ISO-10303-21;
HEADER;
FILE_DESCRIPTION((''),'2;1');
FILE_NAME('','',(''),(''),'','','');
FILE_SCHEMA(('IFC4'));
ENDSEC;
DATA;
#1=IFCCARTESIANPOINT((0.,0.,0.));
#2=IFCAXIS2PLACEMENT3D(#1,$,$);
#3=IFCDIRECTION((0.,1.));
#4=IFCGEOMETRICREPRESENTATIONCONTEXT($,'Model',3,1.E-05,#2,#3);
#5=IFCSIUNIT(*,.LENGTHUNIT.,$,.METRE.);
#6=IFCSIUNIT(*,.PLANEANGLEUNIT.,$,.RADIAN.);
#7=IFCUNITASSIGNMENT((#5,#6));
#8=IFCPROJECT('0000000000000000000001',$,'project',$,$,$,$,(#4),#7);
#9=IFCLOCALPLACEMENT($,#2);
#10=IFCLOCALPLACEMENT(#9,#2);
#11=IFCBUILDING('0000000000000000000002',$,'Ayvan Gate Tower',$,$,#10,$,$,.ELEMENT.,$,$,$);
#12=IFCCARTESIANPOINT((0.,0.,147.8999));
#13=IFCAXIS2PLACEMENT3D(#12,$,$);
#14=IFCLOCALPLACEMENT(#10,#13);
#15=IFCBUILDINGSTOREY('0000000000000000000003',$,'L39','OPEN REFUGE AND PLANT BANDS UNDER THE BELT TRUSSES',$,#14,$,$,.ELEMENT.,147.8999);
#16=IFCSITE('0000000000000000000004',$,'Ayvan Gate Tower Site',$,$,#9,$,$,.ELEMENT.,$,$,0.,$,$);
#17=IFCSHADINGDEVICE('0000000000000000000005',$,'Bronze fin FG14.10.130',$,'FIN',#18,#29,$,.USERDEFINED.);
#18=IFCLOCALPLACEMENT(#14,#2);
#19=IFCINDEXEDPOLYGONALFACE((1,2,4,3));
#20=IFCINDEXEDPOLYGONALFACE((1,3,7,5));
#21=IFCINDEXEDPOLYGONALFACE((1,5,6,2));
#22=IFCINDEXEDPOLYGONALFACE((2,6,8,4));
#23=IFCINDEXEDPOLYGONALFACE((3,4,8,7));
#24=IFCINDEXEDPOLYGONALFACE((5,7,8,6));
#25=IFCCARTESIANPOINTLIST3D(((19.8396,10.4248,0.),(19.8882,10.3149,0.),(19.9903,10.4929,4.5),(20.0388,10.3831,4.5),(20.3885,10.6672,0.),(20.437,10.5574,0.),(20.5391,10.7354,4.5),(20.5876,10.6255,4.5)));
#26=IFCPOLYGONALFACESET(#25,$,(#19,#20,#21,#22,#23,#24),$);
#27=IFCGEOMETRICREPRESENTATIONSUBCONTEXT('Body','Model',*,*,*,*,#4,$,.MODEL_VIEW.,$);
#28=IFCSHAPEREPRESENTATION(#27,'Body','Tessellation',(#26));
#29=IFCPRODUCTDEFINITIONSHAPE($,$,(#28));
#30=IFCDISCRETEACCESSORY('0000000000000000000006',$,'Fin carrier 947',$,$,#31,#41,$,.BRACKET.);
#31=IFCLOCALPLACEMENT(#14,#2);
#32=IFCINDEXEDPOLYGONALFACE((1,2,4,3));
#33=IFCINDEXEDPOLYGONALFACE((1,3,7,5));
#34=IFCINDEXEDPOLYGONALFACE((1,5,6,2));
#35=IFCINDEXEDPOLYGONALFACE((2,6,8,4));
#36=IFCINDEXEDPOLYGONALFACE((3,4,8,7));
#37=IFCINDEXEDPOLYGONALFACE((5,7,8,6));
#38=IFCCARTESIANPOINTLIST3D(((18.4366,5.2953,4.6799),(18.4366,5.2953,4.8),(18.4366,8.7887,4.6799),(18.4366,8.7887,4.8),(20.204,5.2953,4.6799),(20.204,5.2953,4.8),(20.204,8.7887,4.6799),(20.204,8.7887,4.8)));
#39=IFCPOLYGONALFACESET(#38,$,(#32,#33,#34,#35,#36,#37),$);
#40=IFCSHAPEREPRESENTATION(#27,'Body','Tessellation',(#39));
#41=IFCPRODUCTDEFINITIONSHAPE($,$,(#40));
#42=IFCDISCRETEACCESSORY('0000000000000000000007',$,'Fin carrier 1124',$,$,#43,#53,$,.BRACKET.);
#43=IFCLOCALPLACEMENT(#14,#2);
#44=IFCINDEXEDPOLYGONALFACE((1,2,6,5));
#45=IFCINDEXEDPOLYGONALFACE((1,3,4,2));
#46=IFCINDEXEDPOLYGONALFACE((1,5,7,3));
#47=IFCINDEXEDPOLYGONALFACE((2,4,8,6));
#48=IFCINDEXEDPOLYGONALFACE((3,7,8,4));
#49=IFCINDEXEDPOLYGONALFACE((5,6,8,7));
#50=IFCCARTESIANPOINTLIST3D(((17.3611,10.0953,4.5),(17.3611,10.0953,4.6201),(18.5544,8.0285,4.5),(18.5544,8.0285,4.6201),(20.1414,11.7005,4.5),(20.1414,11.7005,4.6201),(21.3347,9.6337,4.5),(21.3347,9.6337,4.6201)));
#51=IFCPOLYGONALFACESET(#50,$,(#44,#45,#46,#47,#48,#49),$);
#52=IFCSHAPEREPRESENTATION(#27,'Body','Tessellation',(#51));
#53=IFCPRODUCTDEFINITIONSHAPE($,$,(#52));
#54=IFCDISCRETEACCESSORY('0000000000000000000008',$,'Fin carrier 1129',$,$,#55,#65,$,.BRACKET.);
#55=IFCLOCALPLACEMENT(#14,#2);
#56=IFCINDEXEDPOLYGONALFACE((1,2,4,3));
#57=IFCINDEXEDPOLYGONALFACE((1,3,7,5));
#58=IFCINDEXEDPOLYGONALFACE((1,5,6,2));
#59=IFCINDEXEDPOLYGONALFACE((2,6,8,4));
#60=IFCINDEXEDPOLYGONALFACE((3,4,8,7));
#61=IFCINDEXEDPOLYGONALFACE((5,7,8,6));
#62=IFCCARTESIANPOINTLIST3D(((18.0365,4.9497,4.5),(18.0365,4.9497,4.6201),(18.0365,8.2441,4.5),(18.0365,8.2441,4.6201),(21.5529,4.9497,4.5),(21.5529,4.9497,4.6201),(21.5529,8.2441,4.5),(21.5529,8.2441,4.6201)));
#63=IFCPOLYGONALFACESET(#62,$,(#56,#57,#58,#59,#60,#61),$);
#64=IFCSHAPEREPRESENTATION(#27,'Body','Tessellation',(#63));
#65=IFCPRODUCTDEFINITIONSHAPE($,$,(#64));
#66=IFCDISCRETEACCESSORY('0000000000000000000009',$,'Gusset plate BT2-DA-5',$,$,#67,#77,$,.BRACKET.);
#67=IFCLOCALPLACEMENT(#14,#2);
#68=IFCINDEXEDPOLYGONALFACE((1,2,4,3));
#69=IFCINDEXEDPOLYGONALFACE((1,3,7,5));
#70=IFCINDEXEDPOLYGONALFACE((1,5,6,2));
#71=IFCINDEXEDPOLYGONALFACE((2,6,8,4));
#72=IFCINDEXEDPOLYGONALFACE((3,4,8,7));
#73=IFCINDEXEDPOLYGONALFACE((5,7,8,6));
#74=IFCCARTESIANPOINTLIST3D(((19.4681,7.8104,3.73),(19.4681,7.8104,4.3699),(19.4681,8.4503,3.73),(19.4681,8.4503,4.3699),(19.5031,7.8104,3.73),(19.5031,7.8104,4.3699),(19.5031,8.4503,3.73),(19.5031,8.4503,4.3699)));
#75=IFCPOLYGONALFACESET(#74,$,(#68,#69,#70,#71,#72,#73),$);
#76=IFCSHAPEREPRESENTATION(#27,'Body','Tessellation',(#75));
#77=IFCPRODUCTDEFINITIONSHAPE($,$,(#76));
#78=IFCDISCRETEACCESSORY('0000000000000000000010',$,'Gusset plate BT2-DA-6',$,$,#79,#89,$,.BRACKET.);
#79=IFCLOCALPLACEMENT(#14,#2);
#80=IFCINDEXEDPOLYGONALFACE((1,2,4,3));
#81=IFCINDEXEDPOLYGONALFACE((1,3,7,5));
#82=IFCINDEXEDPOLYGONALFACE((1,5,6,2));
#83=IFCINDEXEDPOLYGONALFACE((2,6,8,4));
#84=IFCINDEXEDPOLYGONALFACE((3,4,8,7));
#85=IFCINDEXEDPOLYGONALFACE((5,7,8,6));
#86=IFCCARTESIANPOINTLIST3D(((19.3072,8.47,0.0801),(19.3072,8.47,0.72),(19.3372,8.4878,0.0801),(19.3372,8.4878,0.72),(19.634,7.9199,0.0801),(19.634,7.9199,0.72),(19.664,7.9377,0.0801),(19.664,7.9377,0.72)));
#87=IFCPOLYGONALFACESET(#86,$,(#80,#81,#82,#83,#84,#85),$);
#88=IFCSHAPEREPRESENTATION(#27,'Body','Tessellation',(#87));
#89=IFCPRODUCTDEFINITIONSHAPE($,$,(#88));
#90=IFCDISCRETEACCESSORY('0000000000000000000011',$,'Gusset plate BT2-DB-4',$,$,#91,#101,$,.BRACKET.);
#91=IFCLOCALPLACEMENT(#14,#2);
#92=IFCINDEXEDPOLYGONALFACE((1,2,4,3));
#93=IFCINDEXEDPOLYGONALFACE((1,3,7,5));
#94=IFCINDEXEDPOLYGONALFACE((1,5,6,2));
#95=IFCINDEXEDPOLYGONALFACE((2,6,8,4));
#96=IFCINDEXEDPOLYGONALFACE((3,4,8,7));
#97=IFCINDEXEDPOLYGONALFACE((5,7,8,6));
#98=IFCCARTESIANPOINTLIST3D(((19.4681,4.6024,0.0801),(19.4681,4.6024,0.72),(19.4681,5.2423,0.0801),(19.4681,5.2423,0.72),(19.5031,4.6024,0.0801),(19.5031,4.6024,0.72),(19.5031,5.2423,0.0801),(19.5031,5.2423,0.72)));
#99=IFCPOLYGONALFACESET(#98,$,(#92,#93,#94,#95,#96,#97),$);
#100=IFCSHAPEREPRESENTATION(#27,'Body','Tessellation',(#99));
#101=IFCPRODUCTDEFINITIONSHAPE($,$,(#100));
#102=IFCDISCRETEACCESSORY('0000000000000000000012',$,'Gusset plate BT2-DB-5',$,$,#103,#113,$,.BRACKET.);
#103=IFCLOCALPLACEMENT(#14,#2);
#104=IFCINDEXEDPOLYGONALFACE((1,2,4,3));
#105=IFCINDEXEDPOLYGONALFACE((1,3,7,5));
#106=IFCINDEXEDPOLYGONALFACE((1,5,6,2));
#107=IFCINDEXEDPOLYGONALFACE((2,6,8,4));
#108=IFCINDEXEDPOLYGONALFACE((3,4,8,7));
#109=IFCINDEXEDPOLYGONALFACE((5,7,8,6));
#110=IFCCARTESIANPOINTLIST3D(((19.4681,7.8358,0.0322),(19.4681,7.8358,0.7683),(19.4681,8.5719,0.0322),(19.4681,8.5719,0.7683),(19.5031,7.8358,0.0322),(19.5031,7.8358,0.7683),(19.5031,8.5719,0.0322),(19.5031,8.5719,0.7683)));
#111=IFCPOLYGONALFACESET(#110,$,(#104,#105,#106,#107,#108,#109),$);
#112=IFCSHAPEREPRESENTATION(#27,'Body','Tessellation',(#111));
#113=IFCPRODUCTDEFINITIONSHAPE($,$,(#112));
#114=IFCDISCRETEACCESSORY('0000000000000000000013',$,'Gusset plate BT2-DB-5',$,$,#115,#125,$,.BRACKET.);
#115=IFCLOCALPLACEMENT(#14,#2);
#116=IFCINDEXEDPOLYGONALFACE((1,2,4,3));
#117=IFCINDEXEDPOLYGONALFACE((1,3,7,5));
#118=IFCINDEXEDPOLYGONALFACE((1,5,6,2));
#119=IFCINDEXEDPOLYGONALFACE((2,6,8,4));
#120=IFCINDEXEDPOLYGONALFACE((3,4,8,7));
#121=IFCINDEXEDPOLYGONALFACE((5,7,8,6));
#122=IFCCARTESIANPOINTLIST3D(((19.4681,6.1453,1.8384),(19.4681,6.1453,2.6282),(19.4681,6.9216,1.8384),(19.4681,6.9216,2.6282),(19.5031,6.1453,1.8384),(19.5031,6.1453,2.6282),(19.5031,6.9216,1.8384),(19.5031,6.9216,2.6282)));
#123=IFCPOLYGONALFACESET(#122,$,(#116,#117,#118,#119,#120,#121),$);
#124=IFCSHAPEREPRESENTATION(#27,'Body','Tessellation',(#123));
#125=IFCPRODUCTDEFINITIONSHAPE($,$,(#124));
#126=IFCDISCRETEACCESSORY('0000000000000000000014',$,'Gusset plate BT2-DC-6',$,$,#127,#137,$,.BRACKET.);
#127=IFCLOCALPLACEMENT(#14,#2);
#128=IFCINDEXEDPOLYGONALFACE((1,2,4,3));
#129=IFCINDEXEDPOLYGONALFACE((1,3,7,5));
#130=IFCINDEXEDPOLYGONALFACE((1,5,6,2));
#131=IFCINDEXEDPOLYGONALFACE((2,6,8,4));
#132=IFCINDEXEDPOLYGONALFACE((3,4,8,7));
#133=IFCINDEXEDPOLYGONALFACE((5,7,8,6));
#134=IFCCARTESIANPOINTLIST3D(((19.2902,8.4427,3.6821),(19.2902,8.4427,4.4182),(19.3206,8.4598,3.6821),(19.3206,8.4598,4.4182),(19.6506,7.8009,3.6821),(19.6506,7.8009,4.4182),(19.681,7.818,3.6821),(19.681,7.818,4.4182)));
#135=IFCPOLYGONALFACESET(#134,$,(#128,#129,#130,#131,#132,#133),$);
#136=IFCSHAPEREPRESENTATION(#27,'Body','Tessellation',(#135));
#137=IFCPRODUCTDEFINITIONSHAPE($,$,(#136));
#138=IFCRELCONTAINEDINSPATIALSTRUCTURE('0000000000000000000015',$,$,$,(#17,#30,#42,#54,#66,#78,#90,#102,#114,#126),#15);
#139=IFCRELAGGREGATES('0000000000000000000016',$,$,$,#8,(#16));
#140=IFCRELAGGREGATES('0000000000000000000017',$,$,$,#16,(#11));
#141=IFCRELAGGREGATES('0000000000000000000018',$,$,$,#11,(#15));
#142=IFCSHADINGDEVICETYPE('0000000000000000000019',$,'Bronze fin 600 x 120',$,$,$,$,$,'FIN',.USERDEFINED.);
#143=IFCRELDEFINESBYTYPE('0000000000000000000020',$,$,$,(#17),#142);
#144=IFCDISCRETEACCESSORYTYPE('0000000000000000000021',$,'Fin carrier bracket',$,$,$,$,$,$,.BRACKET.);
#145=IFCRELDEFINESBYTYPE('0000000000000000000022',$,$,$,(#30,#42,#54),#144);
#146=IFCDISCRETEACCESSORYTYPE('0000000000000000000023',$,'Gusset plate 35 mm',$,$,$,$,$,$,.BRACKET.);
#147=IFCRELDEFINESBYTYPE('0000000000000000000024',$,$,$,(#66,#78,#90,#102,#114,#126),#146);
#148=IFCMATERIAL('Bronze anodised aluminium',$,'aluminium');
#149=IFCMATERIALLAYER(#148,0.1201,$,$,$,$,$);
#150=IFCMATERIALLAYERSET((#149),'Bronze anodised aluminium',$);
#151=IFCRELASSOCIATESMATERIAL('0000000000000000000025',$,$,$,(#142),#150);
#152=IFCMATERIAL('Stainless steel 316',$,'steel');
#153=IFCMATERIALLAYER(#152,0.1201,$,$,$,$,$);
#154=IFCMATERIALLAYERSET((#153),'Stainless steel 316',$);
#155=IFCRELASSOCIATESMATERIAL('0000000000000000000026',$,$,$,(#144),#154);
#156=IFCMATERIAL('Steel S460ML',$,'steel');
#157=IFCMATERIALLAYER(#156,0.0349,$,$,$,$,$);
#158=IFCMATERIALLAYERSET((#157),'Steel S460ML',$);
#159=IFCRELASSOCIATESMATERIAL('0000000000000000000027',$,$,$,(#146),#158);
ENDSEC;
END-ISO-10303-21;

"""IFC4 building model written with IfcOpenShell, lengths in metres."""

from ifc_helpers import new_model, si_unit, direction, frame, origin, origin_2d, place, context, subcontext, project, spatial, polyline, rectangle, outline, extrude, material, layer, layer_set, type_object, element, save


model = new_model("IFC4")

# Units and contexts
model_context = context("Model", 3, precision=1e-05, world=origin(), true_north=direction((0.0, 1.0)))
body_context = subcontext(model_context, "Body", "Model", "MODEL_VIEW")
ifc_project = project(units=[si_unit("LENGTHUNIT", "METRE"), si_unit("PLANEANGLEUNIT", "RADIAN")], contexts=[model_context])

# Site, building, storey
site_placement = place(None, origin())
site = spatial("IfcSite", under=ifc_project, at=site_placement, Name="Ayvan Gate Tower Site", CompositionType="ELEMENT", RefElevation=0.0)
building_placement = place(site_placement, origin())
building = spatial("IfcBuilding", under=site, at=building_placement, Name="Ayvan Gate Tower", CompositionType="ELEMENT")
storey_placement = place(building_placement, frame((0.0, 0.0, 147.8999)))
storey = spatial("IfcBuildingStorey", under=building, at=storey_placement, Name="L39", Description="OPEN REFUGE AND PLANT BANDS UNDER THE BELT TRUSSES", CompositionType="ELEMENT", Elevation=147.8999)

# Shared definitions
ifc_material_1 = material(Name="Steel S460ML", Category="steel")

# Shading device
ifc_material_2 = material(Name="Bronze anodised aluminium", Category="aluminium")
ifc_layer_1 = layer(ifc_material_2, 0.1201)
ifc_layer_set_1 = layer_set([ifc_layer_1], Name="Bronze anodised aluminium")
shading_device_type = type_object("IfcShadingDeviceType", Name="Bronze fin 600 x 120", ElementType="FIN", PredefinedType="USERDEFINED", material=ifc_layer_set_1)
shading_device_1_placement = place(storey_placement, frame((19.8882, 10.3149, 0.0), z_axis=(0.404061, -0.914732, 0.00032), x_axis=(0.914732, 0.404061, 0.0)))
element("IfcShadingDevice", 1, at=shading_device_1_placement, inside=storey, type_object=shading_device_type, Name="Bronze fin FG14.10.130", ObjectType="FIN", PredefinedType="USERDEFINED", context=body_context, shape_type="SweptSolid", body=[
    extrude(outline(polyline([(0.0, 0.0), (0.6, 0.0), (0.7653, 4.5), (0.1653, 4.5), (0.0, 0.0)])), origin(), (0.0, 0.0, -1.0), 0.1201),
])

# Discrete accessories
ifc_material_3 = material(Name="Stainless steel 316", Category="steel")
ifc_layer_2 = layer(ifc_material_3, 0.1201)
ifc_layer_set_2 = layer_set([ifc_layer_2], Name="Stainless steel 316")
discrete_accessory_type_1 = type_object("IfcDiscreteAccessoryType", Name="Fin carrier bracket", PredefinedType="BRACKET", material=ifc_layer_set_2)
discrete_accessory_1_placement = place(storey_placement, frame((19.3203, 7.042, 4.6799), z_axis=(0.0, 0.0, 1.0), x_axis=(0.0, 1.0, 0.0)))
element("IfcDiscreteAccessory", 2, at=discrete_accessory_1_placement, inside=storey, type_object=discrete_accessory_type_1, Name="Fin carrier 947", PredefinedType="BRACKET", context=body_context, shape_type="SweptSolid", body=[
    extrude(rectangle(XDim=3.4934, YDim=1.7673, at=origin_2d()), origin(), (0.0, 0.0, 1.0), 0.1201),
])
discrete_accessory_2_placement = place(storey_placement, frame((19.3479, 9.8645, 4.5), z_axis=(0.0, 0.0, 1.0), x_axis=(-0.5, 0.866025, 0.0)))
element("IfcDiscreteAccessory", 3, at=discrete_accessory_2_placement, inside=storey, type_object=discrete_accessory_type_1, Name="Fin carrier 1124", PredefinedType="BRACKET", context=body_context, shape_type="SweptSolid", body=[
    extrude(rectangle(XDim=2.3865, YDim=3.2104, at=origin_2d()), origin(), (0.0, 0.0, 1.0), 0.1201),
])
discrete_accessory_3_placement = place(storey_placement, frame((19.7947, 6.5969, 4.5), z_axis=(0.0, 0.0, 1.0), x_axis=(0.0, 1.0, 0.0)))
element("IfcDiscreteAccessory", 4, at=discrete_accessory_3_placement, inside=storey, type_object=discrete_accessory_type_1, Name="Fin carrier 1129", PredefinedType="BRACKET", context=body_context, shape_type="SweptSolid", body=[
    extrude(rectangle(XDim=3.2944, YDim=3.5164, at=origin_2d()), origin(), (0.0, 0.0, 1.0), 0.1201),
])
ifc_layer_3 = layer(ifc_material_1, 0.0349)
ifc_layer_set_3 = layer_set([ifc_layer_3], Name="Steel S460ML")
discrete_accessory_type_2 = type_object("IfcDiscreteAccessoryType", Name="Gusset plate 35 mm", PredefinedType="BRACKET", material=ifc_layer_set_3)
for number, where, z_axis, x_axis, name in (
    (5, (19.4856, 8.1304, 3.73), (0.0, 0.0, 1.0), (0.0, 1.0, 0.0), "Gusset plate BT2-DA-5"),
    (6, (19.4856, 8.2039, 0.0801), (0.0, 0.0, 1.0), (-0.510809, 0.859695, 0.0), "Gusset plate BT2-DA-6"),
    (7, (19.4856, 4.9224, 0.0801), (0.0, 0.0, 1.0), (0.0, 1.0, 0.0), "Gusset plate BT2-DB-4"),
):
    element("IfcDiscreteAccessory", number, at=place(storey_placement, frame(where, z_axis=z_axis, x_axis=x_axis)), inside=storey, type_object=discrete_accessory_type_2, Name=name, PredefinedType="BRACKET", context=body_context, shape_type="SweptSolid", body=[
        extrude(rectangle(XDim=0.6399, YDim=0.0349, at=origin_2d()), origin(), (0.0, 0.0, 1.0), 0.6399),
    ])
discrete_accessory_4_placement = place(storey_placement, frame((19.4856, 8.2039, 0.0322), z_axis=(0.0, 0.0, 1.0), x_axis=(0.0, 1.0, 0.0)))
element("IfcDiscreteAccessory", 8, at=discrete_accessory_4_placement, inside=storey, type_object=discrete_accessory_type_2, Name="Gusset plate BT2-DB-5", PredefinedType="BRACKET", context=body_context, shape_type="SweptSolid", body=[
    extrude(rectangle(XDim=0.7361, YDim=0.0349, at=origin_2d()), origin(), (0.0, 0.0, 1.0), 0.7361),
])
discrete_accessory_5_placement = place(storey_placement, frame((19.4856, 6.5334, 1.8384), z_axis=(0.0, 0.0, 1.0), x_axis=(0.0, 1.0, 0.0)))
element("IfcDiscreteAccessory", 9, at=discrete_accessory_5_placement, inside=storey, type_object=discrete_accessory_type_2, Name="Gusset plate BT2-DB-5", PredefinedType="BRACKET", context=body_context, shape_type="SweptSolid", body=[
    extrude(rectangle(XDim=0.7764, YDim=0.0349, at=origin_2d()), origin(), (0.0, 0.0, 1.0), 0.7898),
])
discrete_accessory_6_placement = place(storey_placement, frame((19.4856, 8.1304, 3.6821), z_axis=(0.0, 0.0, 1.0), x_axis=(-0.489567, 0.871966, 0.0)))
element("IfcDiscreteAccessory", 10, at=discrete_accessory_6_placement, inside=storey, type_object=discrete_accessory_type_2, Name="Gusset plate BT2-DC-6", PredefinedType="BRACKET", context=body_context, shape_type="SweptSolid", body=[
    extrude(rectangle(XDim=0.7361, YDim=0.0349, at=origin_2d()), origin(), (0.0, 0.0, 1.0), 0.7361),
])

save(model, "model.ifc")
